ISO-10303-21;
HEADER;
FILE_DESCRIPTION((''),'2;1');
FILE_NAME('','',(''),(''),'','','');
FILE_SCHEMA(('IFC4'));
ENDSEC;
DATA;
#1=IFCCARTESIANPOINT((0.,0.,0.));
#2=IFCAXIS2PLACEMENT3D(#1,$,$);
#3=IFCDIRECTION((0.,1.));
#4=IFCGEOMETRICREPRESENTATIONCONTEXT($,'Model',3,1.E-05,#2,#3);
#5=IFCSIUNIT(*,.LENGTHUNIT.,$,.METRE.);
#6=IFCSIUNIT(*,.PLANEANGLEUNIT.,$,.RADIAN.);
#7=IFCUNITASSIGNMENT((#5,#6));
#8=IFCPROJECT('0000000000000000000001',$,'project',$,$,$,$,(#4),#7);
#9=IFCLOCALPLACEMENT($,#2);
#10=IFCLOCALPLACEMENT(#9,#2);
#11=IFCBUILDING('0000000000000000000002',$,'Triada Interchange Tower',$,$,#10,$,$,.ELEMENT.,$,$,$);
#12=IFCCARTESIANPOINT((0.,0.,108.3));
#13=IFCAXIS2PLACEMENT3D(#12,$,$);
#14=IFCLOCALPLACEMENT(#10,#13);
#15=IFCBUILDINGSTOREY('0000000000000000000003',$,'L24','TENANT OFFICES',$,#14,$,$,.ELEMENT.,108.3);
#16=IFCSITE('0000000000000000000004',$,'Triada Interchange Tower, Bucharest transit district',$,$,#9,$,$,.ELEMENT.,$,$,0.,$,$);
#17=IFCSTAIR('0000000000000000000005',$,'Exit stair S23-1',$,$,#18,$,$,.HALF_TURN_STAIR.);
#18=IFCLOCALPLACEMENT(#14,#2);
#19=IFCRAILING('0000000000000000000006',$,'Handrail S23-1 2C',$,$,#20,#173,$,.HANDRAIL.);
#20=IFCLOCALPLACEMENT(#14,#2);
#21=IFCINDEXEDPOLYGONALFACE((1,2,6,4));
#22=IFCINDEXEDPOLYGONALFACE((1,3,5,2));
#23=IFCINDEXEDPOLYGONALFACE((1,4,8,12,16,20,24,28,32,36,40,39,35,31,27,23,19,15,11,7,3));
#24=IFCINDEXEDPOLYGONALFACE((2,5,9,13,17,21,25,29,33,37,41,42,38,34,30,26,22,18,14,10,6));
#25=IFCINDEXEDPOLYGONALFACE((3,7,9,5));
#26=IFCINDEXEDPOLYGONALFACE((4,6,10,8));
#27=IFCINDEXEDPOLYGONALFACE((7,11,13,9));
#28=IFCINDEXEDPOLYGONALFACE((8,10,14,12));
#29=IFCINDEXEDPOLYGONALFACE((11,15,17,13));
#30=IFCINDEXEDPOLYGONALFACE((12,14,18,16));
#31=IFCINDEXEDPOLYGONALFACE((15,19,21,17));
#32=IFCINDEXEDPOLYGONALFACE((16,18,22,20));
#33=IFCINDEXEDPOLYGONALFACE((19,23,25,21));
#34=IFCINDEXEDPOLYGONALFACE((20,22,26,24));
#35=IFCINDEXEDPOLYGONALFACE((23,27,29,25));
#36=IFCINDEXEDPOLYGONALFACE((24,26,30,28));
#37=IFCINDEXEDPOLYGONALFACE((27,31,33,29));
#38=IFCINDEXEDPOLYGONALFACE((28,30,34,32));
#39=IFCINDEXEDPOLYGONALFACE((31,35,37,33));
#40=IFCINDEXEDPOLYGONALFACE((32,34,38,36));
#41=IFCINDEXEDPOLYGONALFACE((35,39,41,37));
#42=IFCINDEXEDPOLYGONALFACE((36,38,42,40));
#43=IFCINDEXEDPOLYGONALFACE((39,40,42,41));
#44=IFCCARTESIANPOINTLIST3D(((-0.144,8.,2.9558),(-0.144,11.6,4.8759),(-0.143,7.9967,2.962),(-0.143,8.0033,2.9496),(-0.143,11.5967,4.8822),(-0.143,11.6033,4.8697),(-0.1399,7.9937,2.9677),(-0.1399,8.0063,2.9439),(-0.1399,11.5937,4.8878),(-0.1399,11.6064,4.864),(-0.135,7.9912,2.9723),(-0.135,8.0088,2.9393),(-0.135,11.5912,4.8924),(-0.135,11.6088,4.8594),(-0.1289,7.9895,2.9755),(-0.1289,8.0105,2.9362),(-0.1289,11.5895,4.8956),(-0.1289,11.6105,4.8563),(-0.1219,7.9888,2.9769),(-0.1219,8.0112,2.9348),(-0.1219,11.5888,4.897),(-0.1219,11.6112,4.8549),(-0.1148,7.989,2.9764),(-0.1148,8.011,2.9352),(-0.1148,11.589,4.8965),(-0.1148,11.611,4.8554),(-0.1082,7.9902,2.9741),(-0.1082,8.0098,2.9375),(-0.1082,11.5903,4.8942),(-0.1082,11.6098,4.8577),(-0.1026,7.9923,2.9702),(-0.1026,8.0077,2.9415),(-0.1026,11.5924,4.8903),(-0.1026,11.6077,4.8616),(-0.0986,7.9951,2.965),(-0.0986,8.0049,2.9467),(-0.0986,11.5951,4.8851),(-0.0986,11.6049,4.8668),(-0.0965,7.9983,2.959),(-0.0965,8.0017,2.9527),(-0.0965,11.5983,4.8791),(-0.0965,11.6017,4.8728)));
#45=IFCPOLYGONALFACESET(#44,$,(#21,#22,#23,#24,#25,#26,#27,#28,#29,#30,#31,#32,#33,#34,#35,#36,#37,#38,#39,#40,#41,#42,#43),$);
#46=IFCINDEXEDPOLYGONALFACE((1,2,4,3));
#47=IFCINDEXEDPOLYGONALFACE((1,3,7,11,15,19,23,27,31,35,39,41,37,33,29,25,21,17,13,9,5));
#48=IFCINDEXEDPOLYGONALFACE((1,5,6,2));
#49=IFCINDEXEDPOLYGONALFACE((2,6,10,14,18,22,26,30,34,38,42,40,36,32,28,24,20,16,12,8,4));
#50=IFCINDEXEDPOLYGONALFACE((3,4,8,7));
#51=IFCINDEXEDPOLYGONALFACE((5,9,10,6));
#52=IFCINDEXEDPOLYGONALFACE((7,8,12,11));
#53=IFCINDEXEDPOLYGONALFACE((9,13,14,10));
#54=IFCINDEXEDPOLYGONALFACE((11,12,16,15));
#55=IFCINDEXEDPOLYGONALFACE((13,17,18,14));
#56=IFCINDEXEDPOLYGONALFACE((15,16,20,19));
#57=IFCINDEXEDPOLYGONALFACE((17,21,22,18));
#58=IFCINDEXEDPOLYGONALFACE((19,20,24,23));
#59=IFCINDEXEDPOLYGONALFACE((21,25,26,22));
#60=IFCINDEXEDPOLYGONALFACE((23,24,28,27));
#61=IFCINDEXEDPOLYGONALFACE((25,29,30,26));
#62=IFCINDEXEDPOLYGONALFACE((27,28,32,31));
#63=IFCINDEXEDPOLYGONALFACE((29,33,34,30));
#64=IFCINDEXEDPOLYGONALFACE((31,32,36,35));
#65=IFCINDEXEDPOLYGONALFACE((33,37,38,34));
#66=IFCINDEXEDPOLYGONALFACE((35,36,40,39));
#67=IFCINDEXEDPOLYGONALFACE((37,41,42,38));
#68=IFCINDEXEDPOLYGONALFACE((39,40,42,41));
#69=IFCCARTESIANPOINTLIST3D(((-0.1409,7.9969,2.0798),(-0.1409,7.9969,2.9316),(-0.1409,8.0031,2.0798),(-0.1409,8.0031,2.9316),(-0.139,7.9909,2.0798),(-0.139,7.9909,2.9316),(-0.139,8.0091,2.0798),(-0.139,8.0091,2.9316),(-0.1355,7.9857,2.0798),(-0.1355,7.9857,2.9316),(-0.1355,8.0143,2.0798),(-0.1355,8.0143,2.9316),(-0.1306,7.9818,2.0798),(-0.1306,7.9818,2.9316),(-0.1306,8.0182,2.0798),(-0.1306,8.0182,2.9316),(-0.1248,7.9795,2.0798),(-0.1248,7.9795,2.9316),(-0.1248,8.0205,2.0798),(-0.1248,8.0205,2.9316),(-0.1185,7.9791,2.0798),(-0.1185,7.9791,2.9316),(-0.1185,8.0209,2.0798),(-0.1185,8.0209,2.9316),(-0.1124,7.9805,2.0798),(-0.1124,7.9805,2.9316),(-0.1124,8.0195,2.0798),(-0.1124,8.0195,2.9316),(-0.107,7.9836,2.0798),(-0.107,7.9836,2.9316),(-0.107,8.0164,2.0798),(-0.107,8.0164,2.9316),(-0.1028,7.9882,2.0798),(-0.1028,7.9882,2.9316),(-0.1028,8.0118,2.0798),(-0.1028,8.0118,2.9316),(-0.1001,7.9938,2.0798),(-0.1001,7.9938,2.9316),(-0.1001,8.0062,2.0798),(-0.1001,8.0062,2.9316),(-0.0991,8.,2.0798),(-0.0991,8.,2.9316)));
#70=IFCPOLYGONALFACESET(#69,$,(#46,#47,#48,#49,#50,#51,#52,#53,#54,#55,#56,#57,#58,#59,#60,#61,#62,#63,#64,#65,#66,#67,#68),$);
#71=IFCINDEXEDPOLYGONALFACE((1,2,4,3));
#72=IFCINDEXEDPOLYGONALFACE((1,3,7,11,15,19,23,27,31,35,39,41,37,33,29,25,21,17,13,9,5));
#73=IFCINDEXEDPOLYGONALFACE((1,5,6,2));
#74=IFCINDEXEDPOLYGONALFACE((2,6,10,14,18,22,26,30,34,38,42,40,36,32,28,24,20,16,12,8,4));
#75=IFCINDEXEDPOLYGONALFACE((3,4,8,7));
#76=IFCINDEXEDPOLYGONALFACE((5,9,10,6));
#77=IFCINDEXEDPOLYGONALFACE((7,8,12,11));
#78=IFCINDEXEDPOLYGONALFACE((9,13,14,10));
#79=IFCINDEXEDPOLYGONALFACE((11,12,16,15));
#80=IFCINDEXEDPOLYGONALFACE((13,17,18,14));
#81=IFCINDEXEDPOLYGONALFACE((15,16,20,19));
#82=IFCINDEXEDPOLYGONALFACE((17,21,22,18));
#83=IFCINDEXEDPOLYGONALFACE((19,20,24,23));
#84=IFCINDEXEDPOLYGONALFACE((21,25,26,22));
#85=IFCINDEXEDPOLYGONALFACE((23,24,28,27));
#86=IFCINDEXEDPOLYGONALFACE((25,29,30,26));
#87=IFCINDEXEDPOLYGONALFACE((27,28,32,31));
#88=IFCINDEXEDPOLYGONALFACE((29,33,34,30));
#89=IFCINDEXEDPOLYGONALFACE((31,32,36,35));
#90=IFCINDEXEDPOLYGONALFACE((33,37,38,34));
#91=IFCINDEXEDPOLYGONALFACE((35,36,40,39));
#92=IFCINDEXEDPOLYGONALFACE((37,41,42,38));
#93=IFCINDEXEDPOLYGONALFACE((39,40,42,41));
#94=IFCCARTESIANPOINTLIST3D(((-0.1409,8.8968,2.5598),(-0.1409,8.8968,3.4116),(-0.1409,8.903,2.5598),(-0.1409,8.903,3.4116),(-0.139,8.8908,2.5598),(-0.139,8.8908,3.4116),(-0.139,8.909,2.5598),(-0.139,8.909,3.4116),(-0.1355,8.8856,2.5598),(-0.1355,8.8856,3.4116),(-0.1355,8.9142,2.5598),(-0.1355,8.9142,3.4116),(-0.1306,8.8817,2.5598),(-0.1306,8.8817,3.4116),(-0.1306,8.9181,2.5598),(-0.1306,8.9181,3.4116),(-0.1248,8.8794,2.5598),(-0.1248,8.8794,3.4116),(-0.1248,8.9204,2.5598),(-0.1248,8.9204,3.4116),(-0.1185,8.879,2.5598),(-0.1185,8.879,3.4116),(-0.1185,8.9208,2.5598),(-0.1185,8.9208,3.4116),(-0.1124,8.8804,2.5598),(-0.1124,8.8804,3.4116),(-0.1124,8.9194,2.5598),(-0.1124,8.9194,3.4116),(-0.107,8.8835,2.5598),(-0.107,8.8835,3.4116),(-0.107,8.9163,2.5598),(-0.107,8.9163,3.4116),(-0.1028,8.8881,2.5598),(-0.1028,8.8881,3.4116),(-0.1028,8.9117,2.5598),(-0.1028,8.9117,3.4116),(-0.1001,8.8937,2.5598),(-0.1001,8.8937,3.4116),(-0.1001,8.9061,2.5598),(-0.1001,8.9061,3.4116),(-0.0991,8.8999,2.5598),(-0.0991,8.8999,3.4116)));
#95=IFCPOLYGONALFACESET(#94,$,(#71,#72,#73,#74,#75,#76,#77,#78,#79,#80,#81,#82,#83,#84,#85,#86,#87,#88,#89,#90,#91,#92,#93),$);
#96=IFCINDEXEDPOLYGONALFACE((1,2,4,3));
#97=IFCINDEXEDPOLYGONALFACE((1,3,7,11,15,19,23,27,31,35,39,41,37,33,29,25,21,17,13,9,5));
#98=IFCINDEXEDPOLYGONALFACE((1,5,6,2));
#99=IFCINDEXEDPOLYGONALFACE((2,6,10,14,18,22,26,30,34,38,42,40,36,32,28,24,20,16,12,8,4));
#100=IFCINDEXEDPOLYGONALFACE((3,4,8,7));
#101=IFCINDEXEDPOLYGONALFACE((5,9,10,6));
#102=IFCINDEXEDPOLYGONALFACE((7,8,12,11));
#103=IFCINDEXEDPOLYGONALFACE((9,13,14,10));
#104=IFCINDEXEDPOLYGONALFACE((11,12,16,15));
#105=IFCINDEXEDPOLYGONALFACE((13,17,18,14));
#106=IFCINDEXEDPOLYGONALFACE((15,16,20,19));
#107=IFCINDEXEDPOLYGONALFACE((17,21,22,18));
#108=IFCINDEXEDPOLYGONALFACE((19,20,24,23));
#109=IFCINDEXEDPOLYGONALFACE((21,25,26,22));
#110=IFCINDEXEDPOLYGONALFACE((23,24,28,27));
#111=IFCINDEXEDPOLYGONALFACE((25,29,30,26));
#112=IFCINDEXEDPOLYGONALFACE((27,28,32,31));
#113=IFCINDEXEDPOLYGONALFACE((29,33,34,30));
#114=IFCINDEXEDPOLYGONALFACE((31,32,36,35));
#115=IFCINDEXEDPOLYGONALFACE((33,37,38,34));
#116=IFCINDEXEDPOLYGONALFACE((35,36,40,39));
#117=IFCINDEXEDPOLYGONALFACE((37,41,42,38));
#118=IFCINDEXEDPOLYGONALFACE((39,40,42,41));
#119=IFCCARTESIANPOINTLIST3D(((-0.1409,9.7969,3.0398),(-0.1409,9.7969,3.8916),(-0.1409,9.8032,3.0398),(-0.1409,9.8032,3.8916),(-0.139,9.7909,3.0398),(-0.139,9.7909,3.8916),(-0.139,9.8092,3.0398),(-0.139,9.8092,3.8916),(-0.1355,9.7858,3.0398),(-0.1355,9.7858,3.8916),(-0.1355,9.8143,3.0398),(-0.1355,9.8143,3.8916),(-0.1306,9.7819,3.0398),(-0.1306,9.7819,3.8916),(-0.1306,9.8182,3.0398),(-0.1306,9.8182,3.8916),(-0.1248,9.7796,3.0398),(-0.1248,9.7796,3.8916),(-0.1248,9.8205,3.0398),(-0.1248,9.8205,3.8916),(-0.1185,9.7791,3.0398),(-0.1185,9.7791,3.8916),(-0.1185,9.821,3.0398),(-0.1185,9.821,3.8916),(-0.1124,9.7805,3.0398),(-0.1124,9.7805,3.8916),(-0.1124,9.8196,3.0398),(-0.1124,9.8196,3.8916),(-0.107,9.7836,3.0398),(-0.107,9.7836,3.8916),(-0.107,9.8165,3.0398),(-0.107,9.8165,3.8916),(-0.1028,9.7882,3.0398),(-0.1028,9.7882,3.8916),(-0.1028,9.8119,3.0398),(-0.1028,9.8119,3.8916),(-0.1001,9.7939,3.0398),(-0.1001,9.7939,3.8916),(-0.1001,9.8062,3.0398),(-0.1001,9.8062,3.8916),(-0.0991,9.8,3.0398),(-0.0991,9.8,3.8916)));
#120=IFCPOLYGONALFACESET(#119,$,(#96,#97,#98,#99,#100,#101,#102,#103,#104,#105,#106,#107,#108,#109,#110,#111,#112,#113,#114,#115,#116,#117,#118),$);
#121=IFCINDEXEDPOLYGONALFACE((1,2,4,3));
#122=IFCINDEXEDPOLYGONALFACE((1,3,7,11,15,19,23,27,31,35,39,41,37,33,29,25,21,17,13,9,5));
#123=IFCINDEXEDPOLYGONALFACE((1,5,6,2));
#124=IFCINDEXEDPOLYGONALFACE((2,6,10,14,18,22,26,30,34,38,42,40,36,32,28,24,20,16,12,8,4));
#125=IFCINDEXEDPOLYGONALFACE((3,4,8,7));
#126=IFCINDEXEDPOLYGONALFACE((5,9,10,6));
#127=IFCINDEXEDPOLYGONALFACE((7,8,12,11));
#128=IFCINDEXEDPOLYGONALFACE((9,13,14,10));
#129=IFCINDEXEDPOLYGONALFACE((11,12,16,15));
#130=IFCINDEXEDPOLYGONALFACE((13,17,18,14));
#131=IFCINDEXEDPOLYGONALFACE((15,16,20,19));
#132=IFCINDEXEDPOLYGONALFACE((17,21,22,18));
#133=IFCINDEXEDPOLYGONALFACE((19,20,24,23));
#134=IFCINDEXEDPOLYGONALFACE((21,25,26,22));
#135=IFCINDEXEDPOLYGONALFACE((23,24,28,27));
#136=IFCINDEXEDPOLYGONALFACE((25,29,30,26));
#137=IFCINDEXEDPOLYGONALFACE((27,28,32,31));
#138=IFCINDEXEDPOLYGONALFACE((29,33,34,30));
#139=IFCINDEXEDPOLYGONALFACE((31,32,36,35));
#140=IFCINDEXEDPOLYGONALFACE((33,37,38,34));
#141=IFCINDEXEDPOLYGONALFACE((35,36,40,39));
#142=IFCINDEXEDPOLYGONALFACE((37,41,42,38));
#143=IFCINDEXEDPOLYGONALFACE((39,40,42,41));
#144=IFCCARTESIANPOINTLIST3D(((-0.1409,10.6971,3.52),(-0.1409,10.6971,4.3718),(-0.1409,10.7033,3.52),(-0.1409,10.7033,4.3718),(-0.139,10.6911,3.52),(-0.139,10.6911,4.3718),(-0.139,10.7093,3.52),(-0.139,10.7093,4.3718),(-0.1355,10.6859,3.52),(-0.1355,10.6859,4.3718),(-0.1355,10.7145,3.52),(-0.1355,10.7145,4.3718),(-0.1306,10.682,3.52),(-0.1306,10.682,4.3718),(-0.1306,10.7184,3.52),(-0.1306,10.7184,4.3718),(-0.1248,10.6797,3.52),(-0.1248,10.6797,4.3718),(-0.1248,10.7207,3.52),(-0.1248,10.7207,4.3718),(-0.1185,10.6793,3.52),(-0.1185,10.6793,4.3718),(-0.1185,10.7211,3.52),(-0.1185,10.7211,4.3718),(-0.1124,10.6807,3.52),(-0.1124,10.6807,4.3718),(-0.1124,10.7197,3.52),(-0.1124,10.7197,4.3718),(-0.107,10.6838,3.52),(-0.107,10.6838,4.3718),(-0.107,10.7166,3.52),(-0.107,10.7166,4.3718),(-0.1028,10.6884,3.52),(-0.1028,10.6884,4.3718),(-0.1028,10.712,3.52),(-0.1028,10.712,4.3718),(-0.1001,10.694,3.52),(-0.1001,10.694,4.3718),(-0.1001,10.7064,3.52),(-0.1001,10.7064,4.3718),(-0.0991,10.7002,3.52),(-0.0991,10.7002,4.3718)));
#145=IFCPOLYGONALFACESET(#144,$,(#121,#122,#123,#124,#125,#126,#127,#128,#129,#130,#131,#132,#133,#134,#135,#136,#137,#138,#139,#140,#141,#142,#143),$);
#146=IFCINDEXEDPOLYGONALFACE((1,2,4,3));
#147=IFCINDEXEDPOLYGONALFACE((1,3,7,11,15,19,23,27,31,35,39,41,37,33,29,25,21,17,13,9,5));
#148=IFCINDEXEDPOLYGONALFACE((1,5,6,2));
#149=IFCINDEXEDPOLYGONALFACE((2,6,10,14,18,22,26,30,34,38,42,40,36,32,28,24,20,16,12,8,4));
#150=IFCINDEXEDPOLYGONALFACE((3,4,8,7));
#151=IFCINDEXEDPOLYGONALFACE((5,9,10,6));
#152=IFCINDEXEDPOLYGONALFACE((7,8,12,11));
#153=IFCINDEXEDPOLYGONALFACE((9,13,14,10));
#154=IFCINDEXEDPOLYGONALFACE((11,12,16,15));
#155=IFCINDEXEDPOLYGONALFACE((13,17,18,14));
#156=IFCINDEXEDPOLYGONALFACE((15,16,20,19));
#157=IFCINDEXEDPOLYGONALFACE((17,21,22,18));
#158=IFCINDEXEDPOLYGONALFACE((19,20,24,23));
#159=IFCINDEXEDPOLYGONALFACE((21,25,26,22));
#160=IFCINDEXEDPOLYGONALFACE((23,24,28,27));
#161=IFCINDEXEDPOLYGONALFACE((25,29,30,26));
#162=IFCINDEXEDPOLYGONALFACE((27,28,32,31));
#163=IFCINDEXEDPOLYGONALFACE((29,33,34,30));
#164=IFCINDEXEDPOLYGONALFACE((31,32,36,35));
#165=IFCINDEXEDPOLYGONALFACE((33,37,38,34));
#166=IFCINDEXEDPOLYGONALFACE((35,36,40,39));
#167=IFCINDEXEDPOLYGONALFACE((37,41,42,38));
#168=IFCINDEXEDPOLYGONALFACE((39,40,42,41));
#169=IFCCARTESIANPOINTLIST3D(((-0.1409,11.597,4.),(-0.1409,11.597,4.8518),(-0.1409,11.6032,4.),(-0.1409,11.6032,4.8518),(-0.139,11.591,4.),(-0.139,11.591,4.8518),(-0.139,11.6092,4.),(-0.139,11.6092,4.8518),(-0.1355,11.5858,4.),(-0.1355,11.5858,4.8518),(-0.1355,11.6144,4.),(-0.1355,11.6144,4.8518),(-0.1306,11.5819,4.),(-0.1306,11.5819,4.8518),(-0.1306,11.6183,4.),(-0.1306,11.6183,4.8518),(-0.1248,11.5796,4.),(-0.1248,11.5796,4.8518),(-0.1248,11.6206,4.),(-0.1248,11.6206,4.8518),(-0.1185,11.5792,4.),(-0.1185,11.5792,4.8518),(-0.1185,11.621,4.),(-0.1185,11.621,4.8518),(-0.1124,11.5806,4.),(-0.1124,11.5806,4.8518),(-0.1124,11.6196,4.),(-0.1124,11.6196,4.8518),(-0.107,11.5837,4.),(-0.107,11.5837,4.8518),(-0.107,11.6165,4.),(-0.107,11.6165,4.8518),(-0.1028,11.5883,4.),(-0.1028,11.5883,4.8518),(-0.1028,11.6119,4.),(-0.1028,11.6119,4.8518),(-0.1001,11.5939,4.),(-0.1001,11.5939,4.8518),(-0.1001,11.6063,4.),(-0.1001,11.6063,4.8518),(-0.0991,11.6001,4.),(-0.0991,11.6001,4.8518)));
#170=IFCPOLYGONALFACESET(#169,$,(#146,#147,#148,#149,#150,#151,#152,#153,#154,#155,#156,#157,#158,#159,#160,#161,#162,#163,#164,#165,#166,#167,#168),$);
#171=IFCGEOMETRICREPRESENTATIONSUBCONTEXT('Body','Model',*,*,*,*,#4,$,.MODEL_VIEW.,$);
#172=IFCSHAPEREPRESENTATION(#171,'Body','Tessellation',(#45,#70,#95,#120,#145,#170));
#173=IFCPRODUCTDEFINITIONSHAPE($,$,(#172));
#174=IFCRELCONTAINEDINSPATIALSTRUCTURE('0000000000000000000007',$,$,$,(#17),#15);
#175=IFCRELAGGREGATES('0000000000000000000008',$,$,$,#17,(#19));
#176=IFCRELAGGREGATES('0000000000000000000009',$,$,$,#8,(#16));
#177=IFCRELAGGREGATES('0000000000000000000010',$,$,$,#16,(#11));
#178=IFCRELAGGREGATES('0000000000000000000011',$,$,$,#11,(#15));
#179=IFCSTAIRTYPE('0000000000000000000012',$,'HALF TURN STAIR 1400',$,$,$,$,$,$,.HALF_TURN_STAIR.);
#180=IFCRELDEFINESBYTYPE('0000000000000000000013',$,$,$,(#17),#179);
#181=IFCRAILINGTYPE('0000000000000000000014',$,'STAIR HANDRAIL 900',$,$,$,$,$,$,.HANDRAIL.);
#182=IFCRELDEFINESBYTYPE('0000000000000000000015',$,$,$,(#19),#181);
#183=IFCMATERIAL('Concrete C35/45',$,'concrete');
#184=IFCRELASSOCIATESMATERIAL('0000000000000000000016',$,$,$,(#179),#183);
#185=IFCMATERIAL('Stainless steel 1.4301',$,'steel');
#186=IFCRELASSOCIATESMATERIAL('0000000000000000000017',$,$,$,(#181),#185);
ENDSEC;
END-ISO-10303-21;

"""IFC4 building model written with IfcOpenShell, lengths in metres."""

from ifc_helpers import new_model, si_unit, direction, frame, origin, origin_2d, place, context, subcontext, project, spatial, circle, extrude, material, type_object, element, aggregate, save


model = new_model("IFC4")

# Units and contexts
model_context = context("Model", 3, precision=1e-05, world=origin(), true_north=direction((0.0, 1.0)))
body_context = subcontext(model_context, "Body", "Model", "MODEL_VIEW")
ifc_project = project(units=[si_unit("LENGTHUNIT", "METRE"), si_unit("PLANEANGLEUNIT", "RADIAN")], contexts=[model_context])

# Site, building, storey
site_placement = place(None, origin())
site = spatial("IfcSite", under=ifc_project, at=site_placement, Name="Triada Interchange Tower, Bucharest transit district", CompositionType="ELEMENT", RefElevation=0.0)
building_placement = place(site_placement, origin())
building = spatial("IfcBuilding", under=site, at=building_placement, Name="Triada Interchange Tower", CompositionType="ELEMENT")
storey_placement = place(building_placement, frame((0.0, 0.0, 108.3)))
storey = spatial("IfcBuildingStorey", under=building, at=storey_placement, Name="L24", Description="TENANT OFFICES", CompositionType="ELEMENT", Elevation=108.3)

# Stair, railing
ifc_material_1 = material(Name="Concrete C35/45", Category="concrete")
stair_type = type_object("IfcStairType", Name="HALF TURN STAIR 1400", PredefinedType="HALF_TURN_STAIR", material=ifc_material_1)
stair_placement = place(storey_placement, origin())
stair = element("IfcStair", 1, at=stair_placement, inside=storey, type_object=stair_type, Name="Exit stair S23-1", PredefinedType="HALF_TURN_STAIR")
ifc_material_2 = material(Name="Stainless steel 1.4301", Category="steel")
railing_type = type_object("IfcRailingType", Name="STAIR HANDRAIL 900", PredefinedType="HANDRAIL", material=ifc_material_2)
railing_1_placement = place(storey_placement, frame((-0.1201, 8.0, 2.0798)))
railing_1 = element("IfcRailing", 2, at=railing_1_placement, type_object=railing_type, Name="Handrail S23-1 2C", PredefinedType="HANDRAIL", context=body_context, shape_type="SweptSolid", body=[
    extrude(circle(Radius=0.0239, at=origin_2d()), frame((0.0, 0.0, 0.876), z_axis=(0.0, 0.882341, 0.47061), x_axis=(-1.0, 0.0, 0.0)), (0.0, 0.0, 1.0), 4.0801),
    extrude(circle(Radius=0.021, at=origin_2d()), origin(), (0.0, 0.0, 1.0), 0.8518),
    extrude(circle(Radius=0.021, at=origin_2d()), frame((0.0, 0.8999, 0.48)), (0.0, 0.0, 1.0), 0.8518),
    extrude(circle(Radius=0.021, at=origin_2d()), frame((0.0, 1.8, 0.96)), (0.0, 0.0, 1.0), 0.8518),
    extrude(circle(Radius=0.021, at=origin_2d()), frame((0.0, 2.7002, 1.4402)), (0.0, 0.0, 1.0), 0.8518),
    extrude(circle(Radius=0.021, at=origin_2d()), frame((0.0, 3.6001, 1.9202)), (0.0, 0.0, 1.0), 0.8518),
])
aggregate(stair, [railing_1])

save(model, "model.ifc")
